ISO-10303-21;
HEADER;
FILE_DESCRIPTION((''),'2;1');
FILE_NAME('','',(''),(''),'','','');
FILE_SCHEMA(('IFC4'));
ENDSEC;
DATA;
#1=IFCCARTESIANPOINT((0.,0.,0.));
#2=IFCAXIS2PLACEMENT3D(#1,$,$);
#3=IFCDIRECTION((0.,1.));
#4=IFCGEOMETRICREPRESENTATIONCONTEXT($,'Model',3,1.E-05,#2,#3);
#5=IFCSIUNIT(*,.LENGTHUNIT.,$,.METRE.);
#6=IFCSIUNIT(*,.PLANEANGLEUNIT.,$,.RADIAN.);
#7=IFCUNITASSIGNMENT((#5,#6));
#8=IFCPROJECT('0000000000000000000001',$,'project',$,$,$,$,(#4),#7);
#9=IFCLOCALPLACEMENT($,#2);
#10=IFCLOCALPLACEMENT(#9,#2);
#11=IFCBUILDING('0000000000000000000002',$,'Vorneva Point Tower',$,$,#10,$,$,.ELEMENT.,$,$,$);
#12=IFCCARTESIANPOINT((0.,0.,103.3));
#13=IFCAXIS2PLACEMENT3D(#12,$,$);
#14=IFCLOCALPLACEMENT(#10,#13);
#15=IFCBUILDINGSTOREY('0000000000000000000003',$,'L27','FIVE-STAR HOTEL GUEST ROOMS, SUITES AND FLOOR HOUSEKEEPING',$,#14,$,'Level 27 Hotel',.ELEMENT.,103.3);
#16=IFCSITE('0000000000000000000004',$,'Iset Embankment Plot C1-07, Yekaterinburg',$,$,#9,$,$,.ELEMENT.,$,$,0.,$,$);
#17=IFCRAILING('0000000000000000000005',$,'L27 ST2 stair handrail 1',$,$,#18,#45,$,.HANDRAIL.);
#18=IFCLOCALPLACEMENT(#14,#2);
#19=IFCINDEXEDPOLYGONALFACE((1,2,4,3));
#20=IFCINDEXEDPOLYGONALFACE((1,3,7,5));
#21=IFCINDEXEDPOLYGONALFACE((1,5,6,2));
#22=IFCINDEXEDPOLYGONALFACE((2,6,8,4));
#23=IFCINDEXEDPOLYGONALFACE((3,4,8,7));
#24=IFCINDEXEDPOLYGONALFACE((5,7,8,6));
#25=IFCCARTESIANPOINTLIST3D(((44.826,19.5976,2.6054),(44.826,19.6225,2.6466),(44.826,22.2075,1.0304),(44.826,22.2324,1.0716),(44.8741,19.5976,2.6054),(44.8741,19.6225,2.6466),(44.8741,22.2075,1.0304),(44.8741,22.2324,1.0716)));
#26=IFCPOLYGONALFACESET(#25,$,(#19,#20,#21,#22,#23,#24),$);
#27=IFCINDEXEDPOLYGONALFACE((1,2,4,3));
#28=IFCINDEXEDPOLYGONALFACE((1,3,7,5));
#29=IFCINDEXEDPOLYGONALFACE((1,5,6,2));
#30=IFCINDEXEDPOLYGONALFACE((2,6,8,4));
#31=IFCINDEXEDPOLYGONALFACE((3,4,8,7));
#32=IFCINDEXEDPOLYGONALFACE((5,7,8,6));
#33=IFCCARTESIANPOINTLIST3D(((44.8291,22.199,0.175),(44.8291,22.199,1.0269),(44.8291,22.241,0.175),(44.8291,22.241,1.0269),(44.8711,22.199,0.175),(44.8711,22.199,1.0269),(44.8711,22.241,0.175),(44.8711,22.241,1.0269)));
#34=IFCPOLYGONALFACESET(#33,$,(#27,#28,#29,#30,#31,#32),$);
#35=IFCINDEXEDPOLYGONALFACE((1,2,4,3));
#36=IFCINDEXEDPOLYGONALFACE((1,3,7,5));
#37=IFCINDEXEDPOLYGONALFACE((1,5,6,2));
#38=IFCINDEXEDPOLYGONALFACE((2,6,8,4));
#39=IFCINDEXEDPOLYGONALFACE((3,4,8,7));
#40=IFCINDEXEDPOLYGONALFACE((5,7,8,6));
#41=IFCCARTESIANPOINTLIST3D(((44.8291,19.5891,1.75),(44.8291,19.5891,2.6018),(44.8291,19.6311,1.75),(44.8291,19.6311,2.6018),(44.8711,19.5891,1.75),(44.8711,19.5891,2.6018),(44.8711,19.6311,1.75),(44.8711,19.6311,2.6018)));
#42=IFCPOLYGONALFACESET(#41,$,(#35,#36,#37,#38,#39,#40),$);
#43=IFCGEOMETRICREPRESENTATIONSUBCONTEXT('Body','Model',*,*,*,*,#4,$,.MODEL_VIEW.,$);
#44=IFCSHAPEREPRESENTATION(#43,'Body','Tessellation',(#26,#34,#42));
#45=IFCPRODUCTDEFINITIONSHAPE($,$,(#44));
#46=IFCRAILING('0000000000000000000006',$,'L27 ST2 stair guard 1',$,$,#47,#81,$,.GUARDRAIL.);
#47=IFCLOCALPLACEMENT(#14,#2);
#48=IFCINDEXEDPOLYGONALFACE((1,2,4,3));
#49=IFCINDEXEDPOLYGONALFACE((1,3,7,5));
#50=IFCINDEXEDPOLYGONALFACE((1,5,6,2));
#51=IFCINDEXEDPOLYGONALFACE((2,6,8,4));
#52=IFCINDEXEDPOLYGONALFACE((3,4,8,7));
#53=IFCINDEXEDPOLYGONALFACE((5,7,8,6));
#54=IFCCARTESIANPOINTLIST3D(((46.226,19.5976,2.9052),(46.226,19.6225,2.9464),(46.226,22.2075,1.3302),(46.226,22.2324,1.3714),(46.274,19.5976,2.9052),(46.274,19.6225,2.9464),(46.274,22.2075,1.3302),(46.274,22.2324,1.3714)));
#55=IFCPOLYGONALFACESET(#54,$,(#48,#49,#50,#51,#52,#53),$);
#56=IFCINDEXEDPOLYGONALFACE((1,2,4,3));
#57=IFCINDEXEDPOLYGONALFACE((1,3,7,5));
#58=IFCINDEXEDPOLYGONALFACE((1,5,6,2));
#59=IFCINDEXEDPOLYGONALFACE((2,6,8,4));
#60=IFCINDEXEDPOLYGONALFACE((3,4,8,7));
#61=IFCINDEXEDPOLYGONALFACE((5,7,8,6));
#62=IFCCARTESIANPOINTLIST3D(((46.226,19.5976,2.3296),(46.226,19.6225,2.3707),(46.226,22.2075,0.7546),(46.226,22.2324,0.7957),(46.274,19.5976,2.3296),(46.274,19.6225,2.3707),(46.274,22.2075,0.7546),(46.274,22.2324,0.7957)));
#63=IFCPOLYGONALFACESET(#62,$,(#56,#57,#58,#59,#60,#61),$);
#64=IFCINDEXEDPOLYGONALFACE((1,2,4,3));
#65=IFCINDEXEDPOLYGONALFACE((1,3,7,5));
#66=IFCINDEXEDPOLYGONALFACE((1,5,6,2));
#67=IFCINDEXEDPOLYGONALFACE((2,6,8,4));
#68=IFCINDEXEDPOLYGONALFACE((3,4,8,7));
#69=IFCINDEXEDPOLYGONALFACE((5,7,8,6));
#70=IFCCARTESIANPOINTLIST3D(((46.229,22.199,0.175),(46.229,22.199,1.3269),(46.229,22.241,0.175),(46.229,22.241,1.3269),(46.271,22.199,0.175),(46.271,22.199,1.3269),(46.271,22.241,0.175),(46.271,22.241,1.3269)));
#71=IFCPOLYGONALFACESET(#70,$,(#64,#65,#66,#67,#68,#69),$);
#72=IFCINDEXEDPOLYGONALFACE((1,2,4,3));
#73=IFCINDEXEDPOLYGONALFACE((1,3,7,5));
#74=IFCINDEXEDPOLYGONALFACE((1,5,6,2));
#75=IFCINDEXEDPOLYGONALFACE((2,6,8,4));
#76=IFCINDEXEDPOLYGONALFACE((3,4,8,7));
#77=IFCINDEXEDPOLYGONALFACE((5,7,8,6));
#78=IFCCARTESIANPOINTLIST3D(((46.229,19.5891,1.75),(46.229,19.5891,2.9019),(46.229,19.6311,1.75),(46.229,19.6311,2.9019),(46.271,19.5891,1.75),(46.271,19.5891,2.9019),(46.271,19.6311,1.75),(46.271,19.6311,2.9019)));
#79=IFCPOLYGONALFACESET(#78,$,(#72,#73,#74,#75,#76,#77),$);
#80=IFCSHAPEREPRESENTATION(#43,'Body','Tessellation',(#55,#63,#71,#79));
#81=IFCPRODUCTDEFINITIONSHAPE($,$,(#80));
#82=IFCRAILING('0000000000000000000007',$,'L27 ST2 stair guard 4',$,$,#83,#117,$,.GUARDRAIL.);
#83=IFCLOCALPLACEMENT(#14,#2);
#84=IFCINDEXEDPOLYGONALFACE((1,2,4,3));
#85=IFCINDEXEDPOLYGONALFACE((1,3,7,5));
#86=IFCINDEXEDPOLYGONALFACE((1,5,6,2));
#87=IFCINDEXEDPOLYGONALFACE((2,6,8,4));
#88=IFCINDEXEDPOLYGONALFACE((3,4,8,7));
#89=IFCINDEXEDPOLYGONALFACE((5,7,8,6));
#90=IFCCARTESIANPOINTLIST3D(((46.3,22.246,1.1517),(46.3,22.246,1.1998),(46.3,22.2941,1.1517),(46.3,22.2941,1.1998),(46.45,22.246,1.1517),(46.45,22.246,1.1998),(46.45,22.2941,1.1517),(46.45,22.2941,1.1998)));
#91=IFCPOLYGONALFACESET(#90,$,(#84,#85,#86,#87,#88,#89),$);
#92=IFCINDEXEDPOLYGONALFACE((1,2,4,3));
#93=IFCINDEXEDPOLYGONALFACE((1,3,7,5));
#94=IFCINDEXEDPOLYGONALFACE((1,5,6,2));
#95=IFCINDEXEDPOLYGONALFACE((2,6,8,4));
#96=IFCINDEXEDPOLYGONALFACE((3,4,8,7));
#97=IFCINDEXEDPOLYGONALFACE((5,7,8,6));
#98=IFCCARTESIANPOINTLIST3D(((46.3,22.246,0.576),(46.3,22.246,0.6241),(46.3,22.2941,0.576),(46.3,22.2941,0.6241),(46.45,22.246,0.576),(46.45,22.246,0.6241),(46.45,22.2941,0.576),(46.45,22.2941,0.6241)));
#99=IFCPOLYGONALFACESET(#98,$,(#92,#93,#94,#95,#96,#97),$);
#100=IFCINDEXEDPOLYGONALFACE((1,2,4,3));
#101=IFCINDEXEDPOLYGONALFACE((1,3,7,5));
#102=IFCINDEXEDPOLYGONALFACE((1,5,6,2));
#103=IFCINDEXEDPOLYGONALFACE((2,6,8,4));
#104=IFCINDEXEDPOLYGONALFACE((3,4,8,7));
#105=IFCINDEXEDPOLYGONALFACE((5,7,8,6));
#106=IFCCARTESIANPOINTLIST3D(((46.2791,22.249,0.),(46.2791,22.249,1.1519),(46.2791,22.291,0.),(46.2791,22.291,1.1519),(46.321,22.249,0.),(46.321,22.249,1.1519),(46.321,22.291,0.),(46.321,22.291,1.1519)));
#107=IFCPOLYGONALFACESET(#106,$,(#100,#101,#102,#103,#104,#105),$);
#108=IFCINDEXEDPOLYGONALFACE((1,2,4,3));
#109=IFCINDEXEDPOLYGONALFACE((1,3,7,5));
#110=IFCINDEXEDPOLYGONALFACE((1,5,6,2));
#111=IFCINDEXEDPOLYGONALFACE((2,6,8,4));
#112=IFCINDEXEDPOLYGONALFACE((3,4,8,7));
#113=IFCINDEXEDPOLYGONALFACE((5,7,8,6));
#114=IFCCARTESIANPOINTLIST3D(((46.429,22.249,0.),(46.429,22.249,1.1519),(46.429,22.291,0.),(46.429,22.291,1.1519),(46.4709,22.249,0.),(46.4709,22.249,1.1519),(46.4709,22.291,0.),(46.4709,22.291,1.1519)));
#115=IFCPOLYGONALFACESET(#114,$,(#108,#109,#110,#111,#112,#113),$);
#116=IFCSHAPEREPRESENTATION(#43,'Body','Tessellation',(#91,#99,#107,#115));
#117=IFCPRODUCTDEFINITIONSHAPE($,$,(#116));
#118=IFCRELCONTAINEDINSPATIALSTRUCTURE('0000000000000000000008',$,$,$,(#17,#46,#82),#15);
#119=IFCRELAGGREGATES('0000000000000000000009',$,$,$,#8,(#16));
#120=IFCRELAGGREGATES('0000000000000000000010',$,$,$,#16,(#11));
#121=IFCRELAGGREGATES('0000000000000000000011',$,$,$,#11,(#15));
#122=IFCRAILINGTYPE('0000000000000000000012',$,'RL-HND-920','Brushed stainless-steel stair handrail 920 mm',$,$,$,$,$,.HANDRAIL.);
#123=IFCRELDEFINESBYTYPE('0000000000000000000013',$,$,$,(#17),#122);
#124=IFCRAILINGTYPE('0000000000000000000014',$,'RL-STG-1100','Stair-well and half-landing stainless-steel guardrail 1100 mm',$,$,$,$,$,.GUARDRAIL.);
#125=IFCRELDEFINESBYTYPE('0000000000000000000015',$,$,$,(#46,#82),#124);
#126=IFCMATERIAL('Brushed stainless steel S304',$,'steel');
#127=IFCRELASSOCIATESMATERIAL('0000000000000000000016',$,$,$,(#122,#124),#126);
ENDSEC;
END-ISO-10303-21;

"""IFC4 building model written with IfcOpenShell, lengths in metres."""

from ifc_helpers import new_model, si_unit, direction, frame, origin, origin_2d, place, context, subcontext, project, spatial, rectangle, extrude, material, type_object, element, save


model = new_model("IFC4")

# Units and contexts
model_context = context("Model", 3, precision=1e-05, world=origin(), true_north=direction((0.0, 1.0)))
body_context = subcontext(model_context, "Body", "Model", "MODEL_VIEW")
ifc_project = project(units=[si_unit("LENGTHUNIT", "METRE"), si_unit("PLANEANGLEUNIT", "RADIAN")], contexts=[model_context])

# Site, building, storey
site_placement = place(None, origin())
site = spatial("IfcSite", under=ifc_project, at=site_placement, Name="Iset Embankment Plot C1-07, Yekaterinburg", CompositionType="ELEMENT", RefElevation=0.0)
building_placement = place(site_placement, origin())
building = spatial("IfcBuilding", under=site, at=building_placement, Name="Vorneva Point Tower", CompositionType="ELEMENT")
storey_placement = place(building_placement, frame((0.0, 0.0, 103.3)))
storey = spatial("IfcBuildingStorey", under=building, at=storey_placement, Name="L27", Description="FIVE-STAR HOTEL GUEST ROOMS, SUITES AND FLOOR HOUSEKEEPING", LongName="Level 27 Hotel", CompositionType="ELEMENT", Elevation=103.3)

# Railings
ifc_material_1 = material(Name="Brushed stainless steel S304", Category="steel")
railing_type_1 = type_object("IfcRailingType", Name="RL-HND-920", Description="Brushed stainless-steel stair handrail 920 mm", PredefinedType="HANDRAIL", material=ifc_material_1)
railing_1_placement = place(storey_placement, frame((44.8501, 22.22, 0.175)))
element("IfcRailing", 1, at=railing_1_placement, inside=storey, type_object=railing_type_1, Name="L27 ST2 stair handrail 1", PredefinedType="HANDRAIL", context=body_context, shape_type="SweptSolid", body=[
    extrude(rectangle(XDim=0.0481, YDim=0.0481, at=origin_2d()), frame((0.0, 0.0, 0.876), z_axis=(0.0, -0.856183, 0.516673), x_axis=(1.0, 0.0, 0.0)), (0.0, 0.0, 1.0), 3.0483),
    extrude(rectangle(XDim=0.042, YDim=0.042, at=origin_2d()), origin(), (0.0, 0.0, 1.0), 0.8518),
    extrude(rectangle(XDim=0.042, YDim=0.042, at=origin_2d()), frame((0.0, -2.6099, 1.575)), (0.0, 0.0, 1.0), 0.8518),
])
railing_type_2 = type_object("IfcRailingType", Name="RL-STG-1100", Description="Stair-well and half-landing stainless-steel guardrail 1100 mm", PredefinedType="GUARDRAIL", material=ifc_material_1)
railing_2_placement = place(storey_placement, frame((46.25, 22.22, 0.175)))
element("IfcRailing", 2, at=railing_2_placement, inside=storey, type_object=railing_type_2, Name="L27 ST2 stair guard 1", PredefinedType="GUARDRAIL", context=body_context, shape_type="SweptSolid", body=[
    extrude(rectangle(XDim=0.0481, YDim=0.0481, at=origin_2d()), frame((0.0, 0.0, 1.1758), z_axis=(0.0, -0.856183, 0.516673), x_axis=(1.0, 0.0, 0.0)), (0.0, 0.0, 1.0), 3.0483),
    extrude(rectangle(XDim=0.0481, YDim=0.0481, at=origin_2d()), frame((0.0, 0.0, 0.6001), z_axis=(0.0, -0.856183, 0.516673), x_axis=(1.0, 0.0, 0.0)), (0.0, 0.0, 1.0), 3.0483),
    extrude(rectangle(XDim=0.042, YDim=0.042, at=origin_2d()), origin(), (0.0, 0.0, 1.0), 1.1519),
    extrude(rectangle(XDim=0.042, YDim=0.042, at=origin_2d()), frame((0.0, -2.6099, 1.575)), (0.0, 0.0, 1.0), 1.1519),
])
railing_3_placement = place(storey_placement, frame((46.3, 22.27, 0.0)))
element("IfcRailing", 3, at=railing_3_placement, inside=storey, type_object=railing_type_2, Name="L27 ST2 stair guard 4", PredefinedType="GUARDRAIL", context=body_context, shape_type="SweptSolid", body=[
    extrude(rectangle(XDim=0.0481, YDim=0.0481, at=origin_2d()), frame((0.0, 0.0, 1.1758), z_axis=(1.0, 0.0, 0.0), x_axis=(0.0, 1.0, 0.0)), (0.0, 0.0, 1.0), 0.1499),
    extrude(rectangle(XDim=0.0481, YDim=0.0481, at=origin_2d()), frame((0.0, 0.0, 0.6001), z_axis=(1.0, 0.0, 0.0), x_axis=(0.0, 1.0, 0.0)), (0.0, 0.0, 1.0), 0.1499),
    extrude(rectangle(XDim=0.042, YDim=0.042, at=origin_2d()), origin(), (0.0, 0.0, 1.0), 1.1519),
    extrude(rectangle(XDim=0.042, YDim=0.042, at=origin_2d()), frame((0.1499, 0.0, 0.0)), (0.0, 0.0, 1.0), 1.1519),
])

save(model, "model.ifc")
